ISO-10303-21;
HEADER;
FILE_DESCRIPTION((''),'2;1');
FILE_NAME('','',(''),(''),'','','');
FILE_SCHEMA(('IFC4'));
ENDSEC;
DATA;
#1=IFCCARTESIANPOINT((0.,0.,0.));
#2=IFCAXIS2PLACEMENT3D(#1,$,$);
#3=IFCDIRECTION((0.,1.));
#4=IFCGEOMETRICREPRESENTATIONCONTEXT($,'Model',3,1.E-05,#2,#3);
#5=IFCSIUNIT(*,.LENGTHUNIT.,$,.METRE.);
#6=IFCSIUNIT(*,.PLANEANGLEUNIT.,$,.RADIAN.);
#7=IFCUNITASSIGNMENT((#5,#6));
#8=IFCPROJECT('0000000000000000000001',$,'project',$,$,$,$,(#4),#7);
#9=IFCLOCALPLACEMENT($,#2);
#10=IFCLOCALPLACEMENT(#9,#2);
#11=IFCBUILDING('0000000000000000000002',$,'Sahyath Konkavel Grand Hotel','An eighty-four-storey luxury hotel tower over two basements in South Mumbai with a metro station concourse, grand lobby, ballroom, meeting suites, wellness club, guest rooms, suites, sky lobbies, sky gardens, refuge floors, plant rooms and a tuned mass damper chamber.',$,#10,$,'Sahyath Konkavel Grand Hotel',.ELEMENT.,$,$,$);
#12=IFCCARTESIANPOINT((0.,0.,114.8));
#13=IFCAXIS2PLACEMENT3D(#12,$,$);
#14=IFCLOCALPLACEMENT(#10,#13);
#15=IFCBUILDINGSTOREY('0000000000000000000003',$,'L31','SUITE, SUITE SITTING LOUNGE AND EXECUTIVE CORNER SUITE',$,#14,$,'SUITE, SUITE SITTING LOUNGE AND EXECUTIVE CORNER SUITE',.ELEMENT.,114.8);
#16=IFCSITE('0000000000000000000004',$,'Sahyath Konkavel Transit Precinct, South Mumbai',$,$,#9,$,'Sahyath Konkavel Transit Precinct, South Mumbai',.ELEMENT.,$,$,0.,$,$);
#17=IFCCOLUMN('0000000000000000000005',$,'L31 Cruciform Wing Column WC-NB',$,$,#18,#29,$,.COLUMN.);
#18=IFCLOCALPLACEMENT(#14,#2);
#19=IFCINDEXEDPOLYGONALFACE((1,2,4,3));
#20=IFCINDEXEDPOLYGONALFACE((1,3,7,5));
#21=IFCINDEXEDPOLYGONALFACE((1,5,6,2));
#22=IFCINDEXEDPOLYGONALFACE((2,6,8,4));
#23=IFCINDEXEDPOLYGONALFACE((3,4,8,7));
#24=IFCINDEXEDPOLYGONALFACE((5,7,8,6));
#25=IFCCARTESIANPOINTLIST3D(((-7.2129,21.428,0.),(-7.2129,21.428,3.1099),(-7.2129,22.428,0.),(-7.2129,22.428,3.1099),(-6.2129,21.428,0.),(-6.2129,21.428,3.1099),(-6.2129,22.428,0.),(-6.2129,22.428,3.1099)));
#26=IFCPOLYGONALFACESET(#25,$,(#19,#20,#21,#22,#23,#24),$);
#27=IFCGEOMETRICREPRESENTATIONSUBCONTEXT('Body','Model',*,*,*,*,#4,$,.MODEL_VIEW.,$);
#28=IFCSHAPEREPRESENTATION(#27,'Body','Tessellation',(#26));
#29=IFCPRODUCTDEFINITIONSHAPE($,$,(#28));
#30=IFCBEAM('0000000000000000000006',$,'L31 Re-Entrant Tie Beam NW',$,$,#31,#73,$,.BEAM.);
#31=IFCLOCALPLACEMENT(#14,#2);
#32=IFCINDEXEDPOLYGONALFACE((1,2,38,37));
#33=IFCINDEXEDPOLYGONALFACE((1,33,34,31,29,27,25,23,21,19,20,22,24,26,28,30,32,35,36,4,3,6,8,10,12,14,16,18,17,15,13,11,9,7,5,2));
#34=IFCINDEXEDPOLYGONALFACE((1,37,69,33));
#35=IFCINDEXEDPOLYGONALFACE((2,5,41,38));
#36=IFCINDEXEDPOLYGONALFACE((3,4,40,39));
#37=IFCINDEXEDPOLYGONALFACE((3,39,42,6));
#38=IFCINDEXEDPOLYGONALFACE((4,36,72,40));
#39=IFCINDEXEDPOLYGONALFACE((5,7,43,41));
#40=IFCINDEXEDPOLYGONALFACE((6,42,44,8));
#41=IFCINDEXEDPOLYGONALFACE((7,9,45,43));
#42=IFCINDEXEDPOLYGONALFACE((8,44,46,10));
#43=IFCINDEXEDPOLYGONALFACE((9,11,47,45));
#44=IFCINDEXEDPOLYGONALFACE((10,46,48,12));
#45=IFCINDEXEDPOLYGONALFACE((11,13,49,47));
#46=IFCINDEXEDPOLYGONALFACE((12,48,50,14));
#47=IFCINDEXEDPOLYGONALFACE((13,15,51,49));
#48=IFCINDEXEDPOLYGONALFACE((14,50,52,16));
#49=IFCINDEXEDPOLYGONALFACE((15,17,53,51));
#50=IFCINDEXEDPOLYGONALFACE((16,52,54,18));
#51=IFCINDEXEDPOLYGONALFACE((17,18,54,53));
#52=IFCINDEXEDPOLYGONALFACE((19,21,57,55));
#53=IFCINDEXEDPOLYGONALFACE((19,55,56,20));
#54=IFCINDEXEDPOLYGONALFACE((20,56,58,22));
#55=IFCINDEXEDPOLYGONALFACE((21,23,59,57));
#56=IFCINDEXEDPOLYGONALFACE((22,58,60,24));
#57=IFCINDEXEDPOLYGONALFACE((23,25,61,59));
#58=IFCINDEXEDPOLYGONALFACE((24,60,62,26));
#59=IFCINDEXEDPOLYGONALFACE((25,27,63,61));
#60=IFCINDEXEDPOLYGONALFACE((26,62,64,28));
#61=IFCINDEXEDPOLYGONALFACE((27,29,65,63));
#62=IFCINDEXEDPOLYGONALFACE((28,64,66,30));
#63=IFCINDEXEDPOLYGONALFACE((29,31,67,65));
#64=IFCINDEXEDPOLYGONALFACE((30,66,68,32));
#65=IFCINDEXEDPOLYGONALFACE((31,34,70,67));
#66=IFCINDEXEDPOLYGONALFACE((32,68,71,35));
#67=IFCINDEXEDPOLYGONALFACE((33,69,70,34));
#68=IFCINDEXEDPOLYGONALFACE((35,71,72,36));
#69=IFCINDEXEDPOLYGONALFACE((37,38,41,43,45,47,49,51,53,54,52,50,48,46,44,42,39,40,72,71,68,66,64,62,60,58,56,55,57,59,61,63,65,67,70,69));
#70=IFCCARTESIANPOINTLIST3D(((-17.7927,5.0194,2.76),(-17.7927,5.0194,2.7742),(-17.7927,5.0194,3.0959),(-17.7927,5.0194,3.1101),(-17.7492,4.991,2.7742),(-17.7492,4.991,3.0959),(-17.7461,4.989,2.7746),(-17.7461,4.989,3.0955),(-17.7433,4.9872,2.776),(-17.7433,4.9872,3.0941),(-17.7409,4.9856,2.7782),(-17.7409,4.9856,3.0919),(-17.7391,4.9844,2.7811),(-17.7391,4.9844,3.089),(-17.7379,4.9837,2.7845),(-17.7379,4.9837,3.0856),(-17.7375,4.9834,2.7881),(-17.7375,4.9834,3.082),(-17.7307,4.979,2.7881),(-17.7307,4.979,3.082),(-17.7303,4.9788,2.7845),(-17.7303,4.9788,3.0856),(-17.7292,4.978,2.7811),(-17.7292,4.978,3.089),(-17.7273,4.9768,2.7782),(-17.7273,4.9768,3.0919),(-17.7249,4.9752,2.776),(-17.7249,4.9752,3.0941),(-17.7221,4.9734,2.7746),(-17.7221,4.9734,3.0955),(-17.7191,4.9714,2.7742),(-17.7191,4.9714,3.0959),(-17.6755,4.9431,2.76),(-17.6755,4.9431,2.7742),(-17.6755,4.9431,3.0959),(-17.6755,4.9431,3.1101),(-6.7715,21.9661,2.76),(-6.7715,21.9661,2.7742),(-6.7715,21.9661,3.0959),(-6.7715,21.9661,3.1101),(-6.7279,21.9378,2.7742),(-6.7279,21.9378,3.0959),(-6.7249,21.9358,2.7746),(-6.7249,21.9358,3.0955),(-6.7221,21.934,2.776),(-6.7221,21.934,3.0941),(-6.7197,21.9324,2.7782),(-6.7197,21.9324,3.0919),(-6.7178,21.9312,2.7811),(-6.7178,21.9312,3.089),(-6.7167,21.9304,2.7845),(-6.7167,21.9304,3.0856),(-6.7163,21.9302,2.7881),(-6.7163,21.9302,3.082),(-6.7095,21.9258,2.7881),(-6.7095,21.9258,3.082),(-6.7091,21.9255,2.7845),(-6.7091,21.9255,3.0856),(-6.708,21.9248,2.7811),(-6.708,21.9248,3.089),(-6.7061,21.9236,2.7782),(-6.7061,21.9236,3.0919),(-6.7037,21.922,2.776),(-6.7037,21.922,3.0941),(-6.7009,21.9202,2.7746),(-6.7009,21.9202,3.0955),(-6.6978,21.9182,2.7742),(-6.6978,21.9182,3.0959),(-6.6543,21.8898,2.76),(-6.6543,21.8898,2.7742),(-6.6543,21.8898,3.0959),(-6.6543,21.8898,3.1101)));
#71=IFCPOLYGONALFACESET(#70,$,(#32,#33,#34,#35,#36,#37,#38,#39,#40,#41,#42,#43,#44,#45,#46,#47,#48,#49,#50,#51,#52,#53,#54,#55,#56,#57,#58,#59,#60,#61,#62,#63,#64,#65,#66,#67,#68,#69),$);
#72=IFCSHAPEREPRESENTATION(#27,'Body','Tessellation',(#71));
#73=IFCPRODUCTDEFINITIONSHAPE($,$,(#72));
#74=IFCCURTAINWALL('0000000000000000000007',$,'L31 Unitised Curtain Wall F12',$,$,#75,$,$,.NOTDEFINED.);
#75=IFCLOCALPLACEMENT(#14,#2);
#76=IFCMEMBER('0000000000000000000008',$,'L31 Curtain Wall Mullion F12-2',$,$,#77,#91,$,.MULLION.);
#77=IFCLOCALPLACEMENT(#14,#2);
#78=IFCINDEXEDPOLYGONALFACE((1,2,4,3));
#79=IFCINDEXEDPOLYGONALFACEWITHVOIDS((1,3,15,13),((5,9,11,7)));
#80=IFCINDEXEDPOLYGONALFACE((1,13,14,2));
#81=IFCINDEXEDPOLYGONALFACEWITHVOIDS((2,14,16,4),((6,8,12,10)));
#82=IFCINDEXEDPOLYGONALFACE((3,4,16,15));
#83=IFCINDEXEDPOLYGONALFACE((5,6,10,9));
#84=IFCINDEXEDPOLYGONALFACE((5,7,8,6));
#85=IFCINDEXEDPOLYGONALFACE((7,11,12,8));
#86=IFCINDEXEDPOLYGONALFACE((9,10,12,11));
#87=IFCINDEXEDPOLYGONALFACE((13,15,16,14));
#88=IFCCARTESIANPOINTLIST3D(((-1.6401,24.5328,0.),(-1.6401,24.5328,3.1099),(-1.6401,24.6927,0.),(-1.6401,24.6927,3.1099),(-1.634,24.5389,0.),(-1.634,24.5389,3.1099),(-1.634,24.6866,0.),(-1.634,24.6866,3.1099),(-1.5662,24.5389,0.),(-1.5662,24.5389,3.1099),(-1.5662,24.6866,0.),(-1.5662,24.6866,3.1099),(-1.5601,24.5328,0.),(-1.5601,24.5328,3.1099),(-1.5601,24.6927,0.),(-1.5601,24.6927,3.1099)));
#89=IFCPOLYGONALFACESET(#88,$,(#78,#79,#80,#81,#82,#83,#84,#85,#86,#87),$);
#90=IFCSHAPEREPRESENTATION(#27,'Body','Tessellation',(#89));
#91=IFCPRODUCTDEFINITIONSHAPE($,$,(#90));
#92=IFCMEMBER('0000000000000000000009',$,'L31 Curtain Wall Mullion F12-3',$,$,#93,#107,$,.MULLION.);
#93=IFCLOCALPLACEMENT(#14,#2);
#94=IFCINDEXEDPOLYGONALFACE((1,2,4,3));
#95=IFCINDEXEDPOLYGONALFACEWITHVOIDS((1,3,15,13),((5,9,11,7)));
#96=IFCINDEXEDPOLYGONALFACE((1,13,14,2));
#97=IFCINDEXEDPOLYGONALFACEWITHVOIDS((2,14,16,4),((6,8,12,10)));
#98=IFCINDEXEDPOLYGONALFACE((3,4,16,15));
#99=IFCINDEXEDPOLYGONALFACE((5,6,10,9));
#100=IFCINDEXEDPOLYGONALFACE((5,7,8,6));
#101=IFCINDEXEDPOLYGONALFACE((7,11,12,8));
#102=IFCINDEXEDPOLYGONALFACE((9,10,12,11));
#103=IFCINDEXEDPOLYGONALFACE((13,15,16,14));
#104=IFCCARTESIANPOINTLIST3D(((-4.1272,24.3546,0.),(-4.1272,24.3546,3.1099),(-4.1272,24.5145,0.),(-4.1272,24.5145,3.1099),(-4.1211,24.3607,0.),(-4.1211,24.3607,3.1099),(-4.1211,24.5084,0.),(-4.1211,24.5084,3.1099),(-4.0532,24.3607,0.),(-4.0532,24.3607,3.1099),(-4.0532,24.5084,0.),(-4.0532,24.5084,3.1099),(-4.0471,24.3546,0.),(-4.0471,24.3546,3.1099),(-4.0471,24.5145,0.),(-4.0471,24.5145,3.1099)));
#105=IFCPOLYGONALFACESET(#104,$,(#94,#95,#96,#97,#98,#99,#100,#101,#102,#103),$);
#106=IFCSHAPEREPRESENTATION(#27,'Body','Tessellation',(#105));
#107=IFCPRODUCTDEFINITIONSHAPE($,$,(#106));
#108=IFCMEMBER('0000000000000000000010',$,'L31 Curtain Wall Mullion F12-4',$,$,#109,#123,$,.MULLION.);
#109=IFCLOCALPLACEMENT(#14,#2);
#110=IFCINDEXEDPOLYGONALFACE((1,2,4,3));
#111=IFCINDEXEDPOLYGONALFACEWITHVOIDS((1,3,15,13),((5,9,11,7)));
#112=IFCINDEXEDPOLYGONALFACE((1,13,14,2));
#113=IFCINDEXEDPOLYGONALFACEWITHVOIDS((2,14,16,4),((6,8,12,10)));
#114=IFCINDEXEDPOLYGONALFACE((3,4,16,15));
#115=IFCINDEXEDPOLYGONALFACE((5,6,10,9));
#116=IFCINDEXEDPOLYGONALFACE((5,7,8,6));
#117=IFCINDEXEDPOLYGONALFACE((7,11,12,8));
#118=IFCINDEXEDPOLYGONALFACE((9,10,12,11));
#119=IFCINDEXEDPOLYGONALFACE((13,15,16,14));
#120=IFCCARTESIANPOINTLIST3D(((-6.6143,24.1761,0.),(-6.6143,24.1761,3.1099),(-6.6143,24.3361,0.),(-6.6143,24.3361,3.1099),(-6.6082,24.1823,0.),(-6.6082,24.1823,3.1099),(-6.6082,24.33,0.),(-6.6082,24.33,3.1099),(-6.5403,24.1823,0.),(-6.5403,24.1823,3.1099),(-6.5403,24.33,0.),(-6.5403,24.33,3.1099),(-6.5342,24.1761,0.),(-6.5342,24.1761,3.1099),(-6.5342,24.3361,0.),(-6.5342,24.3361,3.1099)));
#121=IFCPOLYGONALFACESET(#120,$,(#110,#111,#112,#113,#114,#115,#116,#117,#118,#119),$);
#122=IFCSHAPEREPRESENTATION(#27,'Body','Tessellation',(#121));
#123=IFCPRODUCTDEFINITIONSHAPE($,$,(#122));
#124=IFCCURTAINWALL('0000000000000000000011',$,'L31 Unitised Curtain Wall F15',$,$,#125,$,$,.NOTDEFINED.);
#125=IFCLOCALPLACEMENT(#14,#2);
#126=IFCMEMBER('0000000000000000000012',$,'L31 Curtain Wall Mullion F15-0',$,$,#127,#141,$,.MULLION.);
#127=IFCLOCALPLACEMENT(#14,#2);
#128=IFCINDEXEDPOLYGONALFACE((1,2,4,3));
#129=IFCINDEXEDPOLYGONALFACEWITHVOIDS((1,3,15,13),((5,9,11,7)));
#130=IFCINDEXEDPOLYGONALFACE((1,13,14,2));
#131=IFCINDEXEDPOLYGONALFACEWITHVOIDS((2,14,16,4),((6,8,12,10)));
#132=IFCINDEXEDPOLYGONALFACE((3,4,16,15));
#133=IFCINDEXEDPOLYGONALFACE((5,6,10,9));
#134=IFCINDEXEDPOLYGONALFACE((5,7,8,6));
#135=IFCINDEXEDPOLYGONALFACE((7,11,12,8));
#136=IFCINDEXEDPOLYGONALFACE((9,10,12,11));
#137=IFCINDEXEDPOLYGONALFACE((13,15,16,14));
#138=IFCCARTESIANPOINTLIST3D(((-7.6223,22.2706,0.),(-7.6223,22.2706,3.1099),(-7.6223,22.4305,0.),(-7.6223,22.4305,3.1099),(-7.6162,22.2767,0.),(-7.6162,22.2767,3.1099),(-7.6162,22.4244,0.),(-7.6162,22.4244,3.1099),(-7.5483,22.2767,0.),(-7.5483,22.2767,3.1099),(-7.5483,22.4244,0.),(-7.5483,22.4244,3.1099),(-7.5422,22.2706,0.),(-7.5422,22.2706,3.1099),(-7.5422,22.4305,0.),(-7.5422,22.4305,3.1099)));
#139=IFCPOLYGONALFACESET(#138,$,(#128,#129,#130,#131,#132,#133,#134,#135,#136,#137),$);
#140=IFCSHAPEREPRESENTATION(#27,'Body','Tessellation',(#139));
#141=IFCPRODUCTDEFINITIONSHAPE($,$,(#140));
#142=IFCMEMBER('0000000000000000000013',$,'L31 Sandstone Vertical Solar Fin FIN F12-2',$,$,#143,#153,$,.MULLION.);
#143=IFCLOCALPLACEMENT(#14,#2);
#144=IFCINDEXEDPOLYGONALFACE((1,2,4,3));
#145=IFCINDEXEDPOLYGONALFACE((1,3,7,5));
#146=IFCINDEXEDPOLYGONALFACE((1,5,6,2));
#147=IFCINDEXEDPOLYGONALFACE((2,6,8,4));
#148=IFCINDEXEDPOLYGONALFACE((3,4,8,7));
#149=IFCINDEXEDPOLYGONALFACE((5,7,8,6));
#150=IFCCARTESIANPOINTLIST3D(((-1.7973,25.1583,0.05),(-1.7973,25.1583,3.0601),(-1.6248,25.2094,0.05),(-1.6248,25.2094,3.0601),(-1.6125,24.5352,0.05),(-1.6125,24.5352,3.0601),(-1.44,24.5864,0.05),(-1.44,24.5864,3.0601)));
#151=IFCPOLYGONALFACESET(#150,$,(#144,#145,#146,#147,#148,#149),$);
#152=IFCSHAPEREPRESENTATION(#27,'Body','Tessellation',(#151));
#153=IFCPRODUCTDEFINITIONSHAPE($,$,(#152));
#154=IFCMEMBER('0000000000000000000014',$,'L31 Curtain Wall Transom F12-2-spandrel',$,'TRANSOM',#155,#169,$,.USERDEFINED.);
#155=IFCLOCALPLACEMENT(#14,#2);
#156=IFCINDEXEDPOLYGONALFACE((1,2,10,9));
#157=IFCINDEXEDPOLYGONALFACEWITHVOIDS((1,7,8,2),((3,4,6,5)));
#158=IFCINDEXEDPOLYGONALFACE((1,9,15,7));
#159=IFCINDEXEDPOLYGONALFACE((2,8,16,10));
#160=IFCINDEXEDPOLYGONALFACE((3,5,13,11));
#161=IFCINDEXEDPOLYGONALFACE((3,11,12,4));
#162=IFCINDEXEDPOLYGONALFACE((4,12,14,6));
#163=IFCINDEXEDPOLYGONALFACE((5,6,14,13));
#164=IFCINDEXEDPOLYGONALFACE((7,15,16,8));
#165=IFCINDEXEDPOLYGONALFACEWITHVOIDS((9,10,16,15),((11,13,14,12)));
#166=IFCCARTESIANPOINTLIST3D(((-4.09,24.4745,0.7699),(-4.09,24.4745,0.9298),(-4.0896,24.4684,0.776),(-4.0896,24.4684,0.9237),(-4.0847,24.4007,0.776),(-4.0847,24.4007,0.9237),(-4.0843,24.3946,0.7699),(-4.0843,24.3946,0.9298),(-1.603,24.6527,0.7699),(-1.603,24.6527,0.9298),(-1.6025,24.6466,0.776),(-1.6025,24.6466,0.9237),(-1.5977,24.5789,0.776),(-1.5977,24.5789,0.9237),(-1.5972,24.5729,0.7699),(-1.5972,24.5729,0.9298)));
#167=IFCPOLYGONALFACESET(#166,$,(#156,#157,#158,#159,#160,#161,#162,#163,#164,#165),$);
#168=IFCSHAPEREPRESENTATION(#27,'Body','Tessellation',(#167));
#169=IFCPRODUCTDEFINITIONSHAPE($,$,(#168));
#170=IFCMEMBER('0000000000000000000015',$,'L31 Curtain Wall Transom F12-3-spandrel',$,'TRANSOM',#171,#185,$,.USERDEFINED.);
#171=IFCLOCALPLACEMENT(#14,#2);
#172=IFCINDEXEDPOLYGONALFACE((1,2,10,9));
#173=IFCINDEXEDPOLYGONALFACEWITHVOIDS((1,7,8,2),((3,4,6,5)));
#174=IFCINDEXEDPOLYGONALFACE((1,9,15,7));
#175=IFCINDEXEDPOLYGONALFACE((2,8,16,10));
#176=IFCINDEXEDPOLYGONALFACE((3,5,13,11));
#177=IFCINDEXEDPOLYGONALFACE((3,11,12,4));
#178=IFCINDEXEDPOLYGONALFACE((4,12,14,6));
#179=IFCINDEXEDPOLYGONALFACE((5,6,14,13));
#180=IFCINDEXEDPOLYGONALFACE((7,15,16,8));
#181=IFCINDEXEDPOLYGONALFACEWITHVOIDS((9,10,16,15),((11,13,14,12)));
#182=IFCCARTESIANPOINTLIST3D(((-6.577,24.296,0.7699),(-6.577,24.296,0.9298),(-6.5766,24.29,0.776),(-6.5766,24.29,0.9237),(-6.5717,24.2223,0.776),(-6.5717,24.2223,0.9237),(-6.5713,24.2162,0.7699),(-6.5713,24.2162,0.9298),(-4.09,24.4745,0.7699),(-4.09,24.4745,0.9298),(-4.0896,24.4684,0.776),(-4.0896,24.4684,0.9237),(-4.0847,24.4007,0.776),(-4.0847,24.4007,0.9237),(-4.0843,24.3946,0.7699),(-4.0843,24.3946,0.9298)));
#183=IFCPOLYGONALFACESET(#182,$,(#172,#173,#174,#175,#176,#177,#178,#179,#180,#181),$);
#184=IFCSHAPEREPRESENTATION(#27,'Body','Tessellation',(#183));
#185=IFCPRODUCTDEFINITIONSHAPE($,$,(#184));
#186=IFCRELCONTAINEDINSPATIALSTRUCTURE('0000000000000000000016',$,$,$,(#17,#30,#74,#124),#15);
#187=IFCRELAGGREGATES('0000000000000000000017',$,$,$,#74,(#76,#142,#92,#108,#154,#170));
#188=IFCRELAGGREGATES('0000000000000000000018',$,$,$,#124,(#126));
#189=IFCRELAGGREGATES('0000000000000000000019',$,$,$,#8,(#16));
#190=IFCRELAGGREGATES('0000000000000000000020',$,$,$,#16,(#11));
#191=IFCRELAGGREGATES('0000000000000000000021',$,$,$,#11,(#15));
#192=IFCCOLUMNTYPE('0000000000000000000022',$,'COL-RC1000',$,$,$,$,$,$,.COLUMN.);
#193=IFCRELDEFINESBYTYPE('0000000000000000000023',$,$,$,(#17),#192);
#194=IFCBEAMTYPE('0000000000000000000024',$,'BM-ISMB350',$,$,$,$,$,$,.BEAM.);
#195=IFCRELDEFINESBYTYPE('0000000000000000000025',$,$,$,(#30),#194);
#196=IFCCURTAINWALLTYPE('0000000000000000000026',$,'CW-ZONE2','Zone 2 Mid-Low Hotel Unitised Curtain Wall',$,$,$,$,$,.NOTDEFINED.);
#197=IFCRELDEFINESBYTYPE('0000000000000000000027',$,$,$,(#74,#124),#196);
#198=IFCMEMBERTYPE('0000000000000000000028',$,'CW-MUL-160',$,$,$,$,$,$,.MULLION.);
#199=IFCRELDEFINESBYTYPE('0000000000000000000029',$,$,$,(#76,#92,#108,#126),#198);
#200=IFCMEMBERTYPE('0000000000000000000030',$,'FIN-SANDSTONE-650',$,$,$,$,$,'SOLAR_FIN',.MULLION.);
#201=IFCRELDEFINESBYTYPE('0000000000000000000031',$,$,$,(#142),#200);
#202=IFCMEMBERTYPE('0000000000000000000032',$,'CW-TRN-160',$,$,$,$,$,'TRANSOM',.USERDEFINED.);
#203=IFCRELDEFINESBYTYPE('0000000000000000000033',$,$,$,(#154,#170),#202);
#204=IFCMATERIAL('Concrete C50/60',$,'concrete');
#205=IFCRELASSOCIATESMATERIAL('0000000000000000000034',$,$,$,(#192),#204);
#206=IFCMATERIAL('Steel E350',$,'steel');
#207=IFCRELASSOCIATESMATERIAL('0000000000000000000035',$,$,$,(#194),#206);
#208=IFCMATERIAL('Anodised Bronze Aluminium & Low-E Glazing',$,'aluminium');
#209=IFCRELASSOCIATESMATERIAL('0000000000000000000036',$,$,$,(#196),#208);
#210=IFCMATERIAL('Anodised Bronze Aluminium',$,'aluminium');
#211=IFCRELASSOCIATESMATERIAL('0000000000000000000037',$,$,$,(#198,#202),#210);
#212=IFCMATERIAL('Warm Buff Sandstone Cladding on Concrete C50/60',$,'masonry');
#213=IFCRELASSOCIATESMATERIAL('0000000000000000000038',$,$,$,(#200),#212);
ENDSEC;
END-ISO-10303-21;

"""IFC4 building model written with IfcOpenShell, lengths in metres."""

from ifc_helpers import new_model, si_unit, direction, frame, origin, origin_2d, place, context, subcontext, project, spatial, rectangle, hollow_rectangle, i_section, extrude, source, transform, mapped, material, material_profile, profile_set, type_object, element, aggregate, save


model = new_model("IFC4")

# Units and contexts
model_context = context("Model", 3, precision=1e-05, world=origin(), true_north=direction((0.0, 1.0)))
body_context = subcontext(model_context, "Body", "Model", "MODEL_VIEW")
ifc_project = project(units=[si_unit("LENGTHUNIT", "METRE"), si_unit("PLANEANGLEUNIT", "RADIAN")], contexts=[model_context])

# Site, building, storey
site_placement = place(None, origin())
site = spatial("IfcSite", under=ifc_project, at=site_placement, Name="Sahyath Konkavel Transit Precinct, South Mumbai", LongName="Sahyath Konkavel Transit Precinct, South Mumbai", CompositionType="ELEMENT", RefElevation=0.0)
building_placement = place(site_placement, origin())
building = spatial("IfcBuilding", under=site, at=building_placement, Name="Sahyath Konkavel Grand Hotel", Description="An eighty-four-storey luxury hotel tower over two basements in South Mumbai with a metro station concourse, grand lobby, ballroom, meeting suites, wellness club, guest rooms, suites, sky lobbies, sky gardens, refuge floors, plant rooms and a tuned mass damper chamber.", LongName="Sahyath Konkavel Grand Hotel", CompositionType="ELEMENT")
storey_placement = place(building_placement, frame((0.0, 0.0, 114.8)))
storey = spatial("IfcBuildingStorey", under=building, at=storey_placement, Name="L31", Description="SUITE, SUITE SITTING LOUNGE AND EXECUTIVE CORNER SUITE", LongName="SUITE, SUITE SITTING LOUNGE AND EXECUTIVE CORNER SUITE", CompositionType="ELEMENT", Elevation=114.8)

# Column
ifc_material_1 = material(Name="Concrete C50/60", Category="concrete")
ifc_material_profile_1 = material_profile(ifc_material_1, rectangle(XDim=1.0, YDim=1.0, at=origin_2d()), Name="RC 1000x1000")
ifc_profile_set_1 = profile_set([ifc_material_profile_1], Name="Concrete C50/60")
column_type = type_object("IfcColumnType", Name="COL-RC1000", PredefinedType="COLUMN", material=ifc_profile_set_1)
shared_shape_1 = source(origin(), body_context, "Body", "SweptSolid", [
    extrude(rectangle(XDim=1.0, YDim=1.0, at=origin_2d()), origin(), (0.0, 0.0, 1.0), 3.1099),
])
column_placement = place(storey_placement, frame((-6.7129, 21.928, 0.0), z_axis=(0.0, 0.0, 1.0), x_axis=(1.0, 0.0, 0.0)))
element("IfcColumn", 1, at=column_placement, inside=storey, type_object=column_type, Name="L31 Cruciform Wing Column WC-NB", PredefinedType="COLUMN", context=body_context, shape_type="MappedRepresentation", body=[
    mapped(shared_shape_1, transform((0.0, 0.0, 0.0), scale=1.0)),
])

# Beam
ifc_material_2 = material(Name="Steel E350", Category="steel")
ifc_material_profile_2 = material_profile(ifc_material_2, i_section(OverallWidth=0.1399, OverallDepth=0.3501, WebThickness=0.0081, FlangeThickness=0.0142, FilletRadius=0.0139, at=origin_2d()), Name="ISMB 350")
ifc_profile_set_2 = profile_set([ifc_material_profile_2], Name="Steel E350")
beam_type = type_object("IfcBeamType", Name="BM-ISMB350", PredefinedType="BEAM", material=ifc_profile_set_2)
shared_shape_2 = source(origin(), body_context, "Body", "SweptSolid", [
    extrude(i_section(OverallWidth=0.1399, OverallDepth=0.3501, WebThickness=0.0081, FlangeThickness=0.0142, FilletRadius=0.0139, at=origin_2d()), origin(), (0.0, 0.0, 1.0), 20.2153),
])
beam_placement = place(storey_placement, frame((-6.7129, 21.928, 2.9351), z_axis=(-0.545191, -0.838312, 0.0), x_axis=(0.838312, -0.545191, 0.0)))
element("IfcBeam", 2, at=beam_placement, inside=storey, type_object=beam_type, Name="L31 Re-Entrant Tie Beam NW", PredefinedType="BEAM", context=body_context, shape_type="MappedRepresentation", body=[
    mapped(shared_shape_2, transform((0.0, 0.0, 0.0), scale=1.0)),
])

# Curtain wall, members
ifc_material_3 = material(Name="Anodised Bronze Aluminium & Low-E Glazing", Category="aluminium")
curtain_wall_type = type_object("IfcCurtainWallType", Name="CW-ZONE2", Description="Zone 2 Mid-Low Hotel Unitised Curtain Wall", PredefinedType="NOTDEFINED", material=ifc_material_3)
curtain_wall_1_placement = place(storey_placement, origin())
curtain_wall_1 = element("IfcCurtainWall", 3, at=curtain_wall_1_placement, inside=storey, type_object=curtain_wall_type, Name="L31 Unitised Curtain Wall F12", PredefinedType="NOTDEFINED")
ifc_material_4 = material(Name="Anodised Bronze Aluminium", Category="aluminium")
ifc_material_profile_3 = material_profile(ifc_material_4, hollow_rectangle(XDim=0.0801, YDim=0.1599, WallThickness=0.0061, at=origin_2d()), Name="RHS 160x80x6")
ifc_profile_set_3 = profile_set([ifc_material_profile_3], Name="Anodised Bronze Aluminium")
member_type_1 = type_object("IfcMemberType", Name="CW-MUL-160", PredefinedType="MULLION", material=ifc_profile_set_3)
shared_shape_3 = source(origin(), body_context, "Body", "SweptSolid", [
    extrude(hollow_rectangle(XDim=0.0801, YDim=0.1599, WallThickness=0.0061, at=origin_2d()), origin(), (0.0, 0.0, 1.0), 3.1099),
])
member_1_placement = place(storey_placement, frame((-1.6001, 24.6128, 0.0), z_axis=(0.0, 0.0, 1.0), x_axis=(1.0, 0.0, 0.0)))
member_1 = element("IfcMember", 4, at=member_1_placement, type_object=member_type_1, Name="L31 Curtain Wall Mullion F12-2", PredefinedType="MULLION", context=body_context, shape_type="MappedRepresentation", body=[
    mapped(shared_shape_3, transform((0.0, 0.0, 0.0), scale=1.0)),
])
member_2_placement = place(storey_placement, frame((-4.0872, 24.4346, 0.0), z_axis=(0.0, 0.0, 1.0), x_axis=(1.0, 0.0, 0.0)))
member_2 = element("IfcMember", 5, at=member_2_placement, type_object=member_type_1, Name="L31 Curtain Wall Mullion F12-3", PredefinedType="MULLION", context=body_context, shape_type="MappedRepresentation", body=[
    mapped(shared_shape_3, transform((0.0, 0.0, 0.0), scale=1.0)),
])
member_3_placement = place(storey_placement, frame((-6.5742, 24.2561, 0.0), z_axis=(0.0, 0.0, 1.0), x_axis=(1.0, 0.0, 0.0)))
member_3 = element("IfcMember", 6, at=member_3_placement, type_object=member_type_1, Name="L31 Curtain Wall Mullion F12-4", PredefinedType="MULLION", context=body_context, shape_type="MappedRepresentation", body=[
    mapped(shared_shape_3, transform((0.0, 0.0, 0.0), scale=1.0)),
])

# Curtain wall, member
curtain_wall_2_placement = place(storey_placement, origin())
curtain_wall_2 = element("IfcCurtainWall", 7, at=curtain_wall_2_placement, inside=storey, type_object=curtain_wall_type, Name="L31 Unitised Curtain Wall F15", PredefinedType="NOTDEFINED")
member_4_placement = place(storey_placement, frame((-7.5823, 22.3506, 0.0), z_axis=(0.0, 0.0, 1.0), x_axis=(1.0, 0.0, 0.0)))
member_4 = element("IfcMember", 8, at=member_4_placement, type_object=member_type_1, Name="L31 Curtain Wall Mullion F15-0", PredefinedType="MULLION", context=body_context, shape_type="MappedRepresentation", body=[
    mapped(shared_shape_3, transform((0.0, 0.0, 0.0), scale=1.0)),
])

# Members
ifc_material_5 = material(Name="Warm Buff Sandstone Cladding on Concrete C50/60", Category="masonry")
ifc_material_profile_4 = material_profile(ifc_material_5, rectangle(XDim=0.1799, YDim=0.6499, at=origin_2d()), Name="FIN 180x650")
ifc_profile_set_4 = profile_set([ifc_material_profile_4], Name="Warm Buff Sandstone Cladding on Concrete C50/60")
member_type_2 = type_object("IfcMemberType", Name="FIN-SANDSTONE-650", ElementType="SOLAR_FIN", PredefinedType="MULLION", material=ifc_profile_set_4)
shared_shape_4 = source(origin(), body_context, "Body", "SweptSolid", [
    extrude(rectangle(XDim=0.1799, YDim=0.6499, at=origin_2d()), origin(), (0.0, 0.0, 1.0), 3.01),
])
member_5_placement = place(storey_placement, frame((-1.6187, 24.8723, 0.05), z_axis=(0.0, 0.0, 1.0), x_axis=(0.958721, 0.28435, 0.0)))
member_5 = element("IfcMember", 9, at=member_5_placement, type_object=member_type_2, Name="L31 Sandstone Vertical Solar Fin FIN F12-2", PredefinedType="MULLION", context=body_context, shape_type="MappedRepresentation", body=[
    mapped(shared_shape_4, transform((0.0, 0.0, 0.0), scale=1.0)),
])
ifc_material_profile_5 = material_profile(ifc_material_4, hollow_rectangle(XDim=0.0801, YDim=0.1599, WallThickness=0.0061, at=origin_2d()), Name="RHS 160x80x6")
ifc_profile_set_5 = profile_set([ifc_material_profile_5], Name="Anodised Bronze Aluminium")
member_type_3 = type_object("IfcMemberType", Name="CW-TRN-160", ElementType="TRANSOM", PredefinedType="USERDEFINED", material=ifc_profile_set_5)
shared_shape_5 = source(origin(), body_context, "Body", "SweptSolid", [
    extrude(hollow_rectangle(XDim=0.0801, YDim=0.1599, WallThickness=0.0061, at=origin_2d()), origin(), (0.0, 0.0, 1.0), 2.4934),
])
member_6_placement = place(storey_placement, frame((-1.6001, 24.6128, 0.8499), z_axis=(-0.997442, -0.071477, 0.0), x_axis=(0.071477, -0.997442, 0.0)))
member_6 = element("IfcMember", 10, at=member_6_placement, type_object=member_type_3, Name="L31 Curtain Wall Transom F12-2-spandrel", ObjectType="TRANSOM", PredefinedType="USERDEFINED", context=body_context, shape_type="MappedRepresentation", body=[
    mapped(shared_shape_5, transform((0.0, 0.0, 0.0), scale=1.0)),
])
member_7_placement = place(storey_placement, frame((-4.0872, 24.4346, 0.8499), z_axis=(-0.997435, -0.071574, 0.0), x_axis=(0.071574, -0.997435, 0.0)))
member_7 = element("IfcMember", 11, at=member_7_placement, type_object=member_type_3, Name="L31 Curtain Wall Transom F12-3-spandrel", ObjectType="TRANSOM", PredefinedType="USERDEFINED", context=body_context, shape_type="MappedRepresentation", body=[
    mapped(shared_shape_5, transform((0.0, 0.0, 0.0), scale=1.0)),
])

aggregate(curtain_wall_1, [member_1, member_5, member_2, member_3, member_6, member_7])
aggregate(curtain_wall_2, [member_4])

save(model, "model.ifc")
